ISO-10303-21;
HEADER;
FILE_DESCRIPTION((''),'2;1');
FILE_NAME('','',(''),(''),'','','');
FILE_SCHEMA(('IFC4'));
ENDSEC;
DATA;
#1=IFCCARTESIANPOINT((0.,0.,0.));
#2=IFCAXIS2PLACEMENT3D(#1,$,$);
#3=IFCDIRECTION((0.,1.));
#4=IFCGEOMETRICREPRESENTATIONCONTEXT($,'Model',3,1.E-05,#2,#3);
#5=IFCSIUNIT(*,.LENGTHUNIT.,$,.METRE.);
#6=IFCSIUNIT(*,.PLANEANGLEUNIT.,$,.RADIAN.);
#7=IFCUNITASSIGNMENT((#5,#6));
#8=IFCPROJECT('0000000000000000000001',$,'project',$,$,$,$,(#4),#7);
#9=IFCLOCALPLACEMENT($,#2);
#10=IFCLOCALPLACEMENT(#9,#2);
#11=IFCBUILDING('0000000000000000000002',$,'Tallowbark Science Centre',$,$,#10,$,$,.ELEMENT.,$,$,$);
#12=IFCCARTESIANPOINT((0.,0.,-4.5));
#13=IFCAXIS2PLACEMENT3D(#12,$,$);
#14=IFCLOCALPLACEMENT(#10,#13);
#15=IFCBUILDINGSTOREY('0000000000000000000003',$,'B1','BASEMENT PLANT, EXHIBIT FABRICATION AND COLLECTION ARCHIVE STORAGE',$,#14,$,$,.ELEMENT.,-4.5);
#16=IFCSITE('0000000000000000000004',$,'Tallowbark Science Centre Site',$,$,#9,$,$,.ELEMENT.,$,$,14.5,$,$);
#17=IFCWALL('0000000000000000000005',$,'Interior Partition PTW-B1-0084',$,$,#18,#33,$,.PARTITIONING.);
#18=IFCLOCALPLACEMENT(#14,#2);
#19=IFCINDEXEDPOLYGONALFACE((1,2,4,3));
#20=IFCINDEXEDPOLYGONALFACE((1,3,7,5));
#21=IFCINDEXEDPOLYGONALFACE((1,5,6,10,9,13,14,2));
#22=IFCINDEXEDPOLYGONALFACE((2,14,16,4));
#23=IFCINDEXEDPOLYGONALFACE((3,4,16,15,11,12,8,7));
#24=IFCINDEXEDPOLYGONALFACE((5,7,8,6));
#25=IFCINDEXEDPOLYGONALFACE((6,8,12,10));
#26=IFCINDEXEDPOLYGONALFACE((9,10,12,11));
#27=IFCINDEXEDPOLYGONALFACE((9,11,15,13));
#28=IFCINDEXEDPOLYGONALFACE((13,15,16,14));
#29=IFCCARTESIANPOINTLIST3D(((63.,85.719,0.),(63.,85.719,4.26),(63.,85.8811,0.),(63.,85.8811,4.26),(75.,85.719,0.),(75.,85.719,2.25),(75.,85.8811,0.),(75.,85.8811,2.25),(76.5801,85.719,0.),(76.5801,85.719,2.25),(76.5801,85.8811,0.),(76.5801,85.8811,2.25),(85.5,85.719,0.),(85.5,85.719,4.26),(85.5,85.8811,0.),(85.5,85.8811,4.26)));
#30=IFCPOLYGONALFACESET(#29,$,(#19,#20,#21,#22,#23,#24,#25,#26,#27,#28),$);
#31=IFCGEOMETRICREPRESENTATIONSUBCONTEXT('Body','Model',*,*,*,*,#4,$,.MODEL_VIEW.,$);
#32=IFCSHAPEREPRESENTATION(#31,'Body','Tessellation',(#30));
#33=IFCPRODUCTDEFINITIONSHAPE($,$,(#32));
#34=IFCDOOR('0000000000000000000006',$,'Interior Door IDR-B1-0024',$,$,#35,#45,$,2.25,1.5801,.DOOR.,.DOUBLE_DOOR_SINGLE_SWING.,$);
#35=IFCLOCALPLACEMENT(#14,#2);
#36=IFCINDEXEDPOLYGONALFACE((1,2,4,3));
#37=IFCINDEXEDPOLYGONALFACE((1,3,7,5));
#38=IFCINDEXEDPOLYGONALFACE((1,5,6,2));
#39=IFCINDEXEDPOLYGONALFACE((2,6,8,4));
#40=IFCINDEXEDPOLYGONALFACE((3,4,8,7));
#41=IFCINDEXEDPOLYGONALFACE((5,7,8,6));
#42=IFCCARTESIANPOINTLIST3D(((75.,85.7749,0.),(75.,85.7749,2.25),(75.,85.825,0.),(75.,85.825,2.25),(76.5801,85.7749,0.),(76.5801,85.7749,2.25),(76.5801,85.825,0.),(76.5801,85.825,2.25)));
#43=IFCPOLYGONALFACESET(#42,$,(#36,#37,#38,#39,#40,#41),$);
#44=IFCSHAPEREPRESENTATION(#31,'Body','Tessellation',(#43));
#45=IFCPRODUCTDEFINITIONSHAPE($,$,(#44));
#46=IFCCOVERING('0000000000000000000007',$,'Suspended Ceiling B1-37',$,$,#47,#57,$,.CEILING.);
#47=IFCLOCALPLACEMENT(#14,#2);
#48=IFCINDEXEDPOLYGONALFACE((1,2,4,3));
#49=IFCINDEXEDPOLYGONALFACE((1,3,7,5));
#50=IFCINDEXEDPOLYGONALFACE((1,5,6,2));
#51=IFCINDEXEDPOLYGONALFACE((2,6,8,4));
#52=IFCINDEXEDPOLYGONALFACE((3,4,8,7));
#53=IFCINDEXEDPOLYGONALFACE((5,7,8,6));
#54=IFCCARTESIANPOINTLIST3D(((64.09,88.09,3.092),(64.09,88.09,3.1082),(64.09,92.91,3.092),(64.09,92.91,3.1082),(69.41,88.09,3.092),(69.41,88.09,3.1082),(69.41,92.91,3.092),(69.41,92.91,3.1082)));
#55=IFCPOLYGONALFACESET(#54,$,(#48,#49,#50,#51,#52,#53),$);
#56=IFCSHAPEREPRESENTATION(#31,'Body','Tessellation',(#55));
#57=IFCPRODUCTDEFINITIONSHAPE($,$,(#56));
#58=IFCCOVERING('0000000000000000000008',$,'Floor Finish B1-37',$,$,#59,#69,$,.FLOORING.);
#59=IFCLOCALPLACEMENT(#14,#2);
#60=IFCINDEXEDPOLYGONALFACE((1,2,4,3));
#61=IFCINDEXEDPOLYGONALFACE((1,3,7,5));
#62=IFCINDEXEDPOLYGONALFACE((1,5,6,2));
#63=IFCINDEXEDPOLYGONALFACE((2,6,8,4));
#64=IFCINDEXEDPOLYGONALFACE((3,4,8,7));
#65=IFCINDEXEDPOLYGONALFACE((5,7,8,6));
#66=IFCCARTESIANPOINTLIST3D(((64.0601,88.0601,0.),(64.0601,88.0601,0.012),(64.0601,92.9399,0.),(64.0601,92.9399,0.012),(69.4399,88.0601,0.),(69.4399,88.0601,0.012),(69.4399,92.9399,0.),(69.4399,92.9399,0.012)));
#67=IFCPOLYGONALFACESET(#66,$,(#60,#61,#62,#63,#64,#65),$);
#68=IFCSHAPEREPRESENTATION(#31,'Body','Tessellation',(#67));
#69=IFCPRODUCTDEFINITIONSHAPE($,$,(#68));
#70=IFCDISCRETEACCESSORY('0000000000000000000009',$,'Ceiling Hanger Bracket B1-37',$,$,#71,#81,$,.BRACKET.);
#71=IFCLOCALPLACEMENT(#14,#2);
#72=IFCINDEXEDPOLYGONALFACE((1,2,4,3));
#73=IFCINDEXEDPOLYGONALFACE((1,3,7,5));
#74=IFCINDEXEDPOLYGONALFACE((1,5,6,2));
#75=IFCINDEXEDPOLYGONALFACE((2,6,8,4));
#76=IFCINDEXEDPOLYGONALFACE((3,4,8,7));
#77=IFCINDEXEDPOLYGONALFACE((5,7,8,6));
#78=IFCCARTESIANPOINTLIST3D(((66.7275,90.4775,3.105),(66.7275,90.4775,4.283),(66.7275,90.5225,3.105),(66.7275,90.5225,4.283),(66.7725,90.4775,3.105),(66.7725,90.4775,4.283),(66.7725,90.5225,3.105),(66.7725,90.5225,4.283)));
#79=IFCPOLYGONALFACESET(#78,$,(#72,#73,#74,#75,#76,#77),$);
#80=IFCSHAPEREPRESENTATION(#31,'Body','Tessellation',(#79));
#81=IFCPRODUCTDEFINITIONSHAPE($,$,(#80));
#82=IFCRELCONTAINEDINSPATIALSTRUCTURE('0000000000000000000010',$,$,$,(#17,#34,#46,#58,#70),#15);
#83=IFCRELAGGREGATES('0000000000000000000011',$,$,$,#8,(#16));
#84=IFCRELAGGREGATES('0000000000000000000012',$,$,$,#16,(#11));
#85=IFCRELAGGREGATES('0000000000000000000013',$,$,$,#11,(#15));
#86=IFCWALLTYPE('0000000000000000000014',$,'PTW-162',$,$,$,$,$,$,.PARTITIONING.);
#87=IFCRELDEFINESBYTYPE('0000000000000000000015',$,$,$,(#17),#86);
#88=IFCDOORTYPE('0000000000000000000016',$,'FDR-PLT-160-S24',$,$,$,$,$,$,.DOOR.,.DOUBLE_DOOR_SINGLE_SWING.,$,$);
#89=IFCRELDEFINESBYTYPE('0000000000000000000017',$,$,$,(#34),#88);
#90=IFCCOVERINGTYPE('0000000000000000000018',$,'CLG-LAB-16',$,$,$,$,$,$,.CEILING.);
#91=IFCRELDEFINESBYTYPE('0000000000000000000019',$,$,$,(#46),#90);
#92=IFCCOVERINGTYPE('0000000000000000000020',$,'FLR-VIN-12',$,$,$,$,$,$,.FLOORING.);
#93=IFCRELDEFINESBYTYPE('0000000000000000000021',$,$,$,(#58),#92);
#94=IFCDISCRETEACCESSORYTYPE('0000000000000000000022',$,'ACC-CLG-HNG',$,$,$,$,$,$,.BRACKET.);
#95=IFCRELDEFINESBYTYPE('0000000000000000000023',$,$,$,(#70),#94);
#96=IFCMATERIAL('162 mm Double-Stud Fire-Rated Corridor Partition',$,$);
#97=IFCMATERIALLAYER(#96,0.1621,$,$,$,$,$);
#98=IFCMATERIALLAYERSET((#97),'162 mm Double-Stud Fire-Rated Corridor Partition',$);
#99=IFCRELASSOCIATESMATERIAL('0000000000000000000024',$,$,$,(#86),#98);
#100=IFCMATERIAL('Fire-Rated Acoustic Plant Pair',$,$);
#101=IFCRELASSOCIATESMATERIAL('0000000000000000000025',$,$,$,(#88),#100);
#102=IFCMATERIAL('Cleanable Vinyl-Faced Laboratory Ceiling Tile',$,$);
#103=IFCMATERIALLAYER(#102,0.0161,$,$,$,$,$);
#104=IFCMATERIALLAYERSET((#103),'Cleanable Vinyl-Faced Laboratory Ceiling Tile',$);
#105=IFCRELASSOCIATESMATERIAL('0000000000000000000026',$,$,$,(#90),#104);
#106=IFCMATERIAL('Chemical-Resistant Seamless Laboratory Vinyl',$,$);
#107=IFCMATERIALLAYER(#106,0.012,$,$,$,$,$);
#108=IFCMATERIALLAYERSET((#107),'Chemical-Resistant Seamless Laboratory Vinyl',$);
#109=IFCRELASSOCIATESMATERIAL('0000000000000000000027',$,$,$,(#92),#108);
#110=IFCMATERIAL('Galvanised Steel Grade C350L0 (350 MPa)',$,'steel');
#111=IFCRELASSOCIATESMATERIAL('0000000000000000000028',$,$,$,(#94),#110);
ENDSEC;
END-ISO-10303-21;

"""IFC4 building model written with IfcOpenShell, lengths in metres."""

from ifc_helpers import new_model, si_unit, direction, frame, frame_2d, origin, origin_2d, place, context, subcontext, project, spatial, rectangle, extrude, material, layer, layer_set, type_object, element, fill, save


model = new_model("IFC4")

# Units and contexts
model_context = context("Model", 3, precision=1e-05, world=origin(), true_north=direction((0.0, 1.0)))
body_context = subcontext(model_context, "Body", "Model", "MODEL_VIEW")
ifc_project = project(units=[si_unit("LENGTHUNIT", "METRE"), si_unit("PLANEANGLEUNIT", "RADIAN")], contexts=[model_context])

# Site, building, storey
site_placement = place(None, origin())
site = spatial("IfcSite", under=ifc_project, at=site_placement, Name="Tallowbark Science Centre Site", CompositionType="ELEMENT", RefElevation=14.5)
building_placement = place(site_placement, origin())
building = spatial("IfcBuilding", under=site, at=building_placement, Name="Tallowbark Science Centre", CompositionType="ELEMENT")
storey_placement = place(building_placement, frame((0.0, 0.0, -4.5)))
storey = spatial("IfcBuildingStorey", under=building, at=storey_placement, Name="B1", Description="BASEMENT PLANT, EXHIBIT FABRICATION AND COLLECTION ARCHIVE STORAGE", CompositionType="ELEMENT", Elevation=-4.5)

# Wall, opening, door
ifc_material_1 = material(Name="162 mm Double-Stud Fire-Rated Corridor Partition")
ifc_layer_1 = layer(ifc_material_1, 0.1621)
ifc_layer_set_1 = layer_set([ifc_layer_1], Name="162 mm Double-Stud Fire-Rated Corridor Partition")
wall_type = type_object("IfcWallType", Name="PTW-162", PredefinedType="PARTITIONING", material=ifc_layer_set_1)
wall_placement = place(storey_placement, frame((63.0, 85.8, 0.0), z_axis=(0.0, 0.0, 1.0), x_axis=(1.0, 0.0, 0.0)))
wall = element("IfcWall", 1, at=wall_placement, inside=storey, type_object=wall_type, Name="Interior Partition PTW-B1-0084", PredefinedType="PARTITIONING", context=body_context, shape_type="SweptSolid", body=[
    extrude(rectangle(XDim=22.5, YDim=0.1621, at=frame_2d((11.25, 0.0))), origin(), (0.0, 0.0, 1.0), 4.26),
])
opening_placement = place(wall_placement, frame((12.0, 0.0, 0.0)))
opening = element("IfcOpeningElement", 2, at=opening_placement, cuts=wall, PredefinedType="OPENING", context=body_context, shape_type="SweptSolid", body=[
    extrude(rectangle(XDim=1.5801, YDim=2.25, at=frame_2d((0.79, 1.125))), frame((0.0, 0.0911, 0.0), z_axis=(0.0, -1.0, 0.0), x_axis=(1.0, 0.0, 0.0)), (0.0, 0.0, 1.0), 0.1821),
])
ifc_material_2 = material(Name="Fire-Rated Acoustic Plant Pair")
door_type = type_object("IfcDoorType", Name="FDR-PLT-160-S24", OperationType="DOUBLE_DOOR_SINGLE_SWING", PredefinedType="DOOR", material=ifc_material_2)
door_placement = place(opening_placement, origin())
door = element("IfcDoor", 3, at=door_placement, inside=storey, type_object=door_type, Name="Interior Door IDR-B1-0024", OperationType="DOUBLE_DOOR_SINGLE_SWING", OverallHeight=2.25, OverallWidth=1.5801, PredefinedType="DOOR", context=body_context, shape_type="SweptSolid", body=[
    extrude(rectangle(XDim=1.5801, YDim=2.25, at=frame_2d((0.79, 1.125))), frame((0.0, 0.0249, 0.0), z_axis=(0.0, -1.0, 0.0), x_axis=(1.0, 0.0, 0.0)), (0.0, 0.0, 1.0), 0.05),
])
fill(opening, door)

# Coverings
ifc_material_3 = material(Name="Cleanable Vinyl-Faced Laboratory Ceiling Tile")
ifc_layer_2 = layer(ifc_material_3, 0.0161)
ifc_layer_set_2 = layer_set([ifc_layer_2], Name="Cleanable Vinyl-Faced Laboratory Ceiling Tile")
covering_type_1 = type_object("IfcCoveringType", Name="CLG-LAB-16", PredefinedType="CEILING", material=ifc_layer_set_2)
covering_1_placement = place(storey_placement, frame((66.75, 90.5, 3.092), z_axis=(0.0, 0.0, 1.0), x_axis=(1.0, 0.0, 0.0)))
element("IfcCovering", 4, at=covering_1_placement, inside=storey, type_object=covering_type_1, Name="Suspended Ceiling B1-37", PredefinedType="CEILING", context=body_context, shape_type="SweptSolid", body=[
    extrude(rectangle(XDim=5.3201, YDim=4.8201, at=origin_2d()), origin(), (0.0, 0.0, 1.0), 0.0161),
])
ifc_material_4 = material(Name="Chemical-Resistant Seamless Laboratory Vinyl")
ifc_layer_3 = layer(ifc_material_4, 0.012)
ifc_layer_set_3 = layer_set([ifc_layer_3], Name="Chemical-Resistant Seamless Laboratory Vinyl")
covering_type_2 = type_object("IfcCoveringType", Name="FLR-VIN-12", PredefinedType="FLOORING", material=ifc_layer_set_3)
covering_2_placement = place(storey_placement, frame((66.75, 90.5, 0.0), z_axis=(0.0, 0.0, 1.0), x_axis=(1.0, 0.0, 0.0)))
element("IfcCovering", 5, at=covering_2_placement, inside=storey, type_object=covering_type_2, Name="Floor Finish B1-37", PredefinedType="FLOORING", context=body_context, shape_type="SweptSolid", body=[
    extrude(rectangle(XDim=5.3799, YDim=4.8799, at=origin_2d()), origin(), (0.0, 0.0, 1.0), 0.012),
])

# Discrete accessory
ifc_material_5 = material(Name="Galvanised Steel Grade C350L0 (350 MPa)", Category="steel")
discrete_accessory_type = type_object("IfcDiscreteAccessoryType", Name="ACC-CLG-HNG", PredefinedType="BRACKET", material=ifc_material_5)
discrete_accessory_placement = place(storey_placement, frame((66.75, 90.5, 3.105), z_axis=(0.0, 0.0, 1.0), x_axis=(1.0, 0.0, 0.0)))
element("IfcDiscreteAccessory", 6, at=discrete_accessory_placement, inside=storey, type_object=discrete_accessory_type, Name="Ceiling Hanger Bracket B1-37", PredefinedType="BRACKET", context=body_context, shape_type="SweptSolid", body=[
    extrude(rectangle(XDim=0.0449, YDim=0.0449, at=origin_2d()), origin(), (0.0, 0.0, 1.0), 1.178),
])

save(model, "model.ifc")
